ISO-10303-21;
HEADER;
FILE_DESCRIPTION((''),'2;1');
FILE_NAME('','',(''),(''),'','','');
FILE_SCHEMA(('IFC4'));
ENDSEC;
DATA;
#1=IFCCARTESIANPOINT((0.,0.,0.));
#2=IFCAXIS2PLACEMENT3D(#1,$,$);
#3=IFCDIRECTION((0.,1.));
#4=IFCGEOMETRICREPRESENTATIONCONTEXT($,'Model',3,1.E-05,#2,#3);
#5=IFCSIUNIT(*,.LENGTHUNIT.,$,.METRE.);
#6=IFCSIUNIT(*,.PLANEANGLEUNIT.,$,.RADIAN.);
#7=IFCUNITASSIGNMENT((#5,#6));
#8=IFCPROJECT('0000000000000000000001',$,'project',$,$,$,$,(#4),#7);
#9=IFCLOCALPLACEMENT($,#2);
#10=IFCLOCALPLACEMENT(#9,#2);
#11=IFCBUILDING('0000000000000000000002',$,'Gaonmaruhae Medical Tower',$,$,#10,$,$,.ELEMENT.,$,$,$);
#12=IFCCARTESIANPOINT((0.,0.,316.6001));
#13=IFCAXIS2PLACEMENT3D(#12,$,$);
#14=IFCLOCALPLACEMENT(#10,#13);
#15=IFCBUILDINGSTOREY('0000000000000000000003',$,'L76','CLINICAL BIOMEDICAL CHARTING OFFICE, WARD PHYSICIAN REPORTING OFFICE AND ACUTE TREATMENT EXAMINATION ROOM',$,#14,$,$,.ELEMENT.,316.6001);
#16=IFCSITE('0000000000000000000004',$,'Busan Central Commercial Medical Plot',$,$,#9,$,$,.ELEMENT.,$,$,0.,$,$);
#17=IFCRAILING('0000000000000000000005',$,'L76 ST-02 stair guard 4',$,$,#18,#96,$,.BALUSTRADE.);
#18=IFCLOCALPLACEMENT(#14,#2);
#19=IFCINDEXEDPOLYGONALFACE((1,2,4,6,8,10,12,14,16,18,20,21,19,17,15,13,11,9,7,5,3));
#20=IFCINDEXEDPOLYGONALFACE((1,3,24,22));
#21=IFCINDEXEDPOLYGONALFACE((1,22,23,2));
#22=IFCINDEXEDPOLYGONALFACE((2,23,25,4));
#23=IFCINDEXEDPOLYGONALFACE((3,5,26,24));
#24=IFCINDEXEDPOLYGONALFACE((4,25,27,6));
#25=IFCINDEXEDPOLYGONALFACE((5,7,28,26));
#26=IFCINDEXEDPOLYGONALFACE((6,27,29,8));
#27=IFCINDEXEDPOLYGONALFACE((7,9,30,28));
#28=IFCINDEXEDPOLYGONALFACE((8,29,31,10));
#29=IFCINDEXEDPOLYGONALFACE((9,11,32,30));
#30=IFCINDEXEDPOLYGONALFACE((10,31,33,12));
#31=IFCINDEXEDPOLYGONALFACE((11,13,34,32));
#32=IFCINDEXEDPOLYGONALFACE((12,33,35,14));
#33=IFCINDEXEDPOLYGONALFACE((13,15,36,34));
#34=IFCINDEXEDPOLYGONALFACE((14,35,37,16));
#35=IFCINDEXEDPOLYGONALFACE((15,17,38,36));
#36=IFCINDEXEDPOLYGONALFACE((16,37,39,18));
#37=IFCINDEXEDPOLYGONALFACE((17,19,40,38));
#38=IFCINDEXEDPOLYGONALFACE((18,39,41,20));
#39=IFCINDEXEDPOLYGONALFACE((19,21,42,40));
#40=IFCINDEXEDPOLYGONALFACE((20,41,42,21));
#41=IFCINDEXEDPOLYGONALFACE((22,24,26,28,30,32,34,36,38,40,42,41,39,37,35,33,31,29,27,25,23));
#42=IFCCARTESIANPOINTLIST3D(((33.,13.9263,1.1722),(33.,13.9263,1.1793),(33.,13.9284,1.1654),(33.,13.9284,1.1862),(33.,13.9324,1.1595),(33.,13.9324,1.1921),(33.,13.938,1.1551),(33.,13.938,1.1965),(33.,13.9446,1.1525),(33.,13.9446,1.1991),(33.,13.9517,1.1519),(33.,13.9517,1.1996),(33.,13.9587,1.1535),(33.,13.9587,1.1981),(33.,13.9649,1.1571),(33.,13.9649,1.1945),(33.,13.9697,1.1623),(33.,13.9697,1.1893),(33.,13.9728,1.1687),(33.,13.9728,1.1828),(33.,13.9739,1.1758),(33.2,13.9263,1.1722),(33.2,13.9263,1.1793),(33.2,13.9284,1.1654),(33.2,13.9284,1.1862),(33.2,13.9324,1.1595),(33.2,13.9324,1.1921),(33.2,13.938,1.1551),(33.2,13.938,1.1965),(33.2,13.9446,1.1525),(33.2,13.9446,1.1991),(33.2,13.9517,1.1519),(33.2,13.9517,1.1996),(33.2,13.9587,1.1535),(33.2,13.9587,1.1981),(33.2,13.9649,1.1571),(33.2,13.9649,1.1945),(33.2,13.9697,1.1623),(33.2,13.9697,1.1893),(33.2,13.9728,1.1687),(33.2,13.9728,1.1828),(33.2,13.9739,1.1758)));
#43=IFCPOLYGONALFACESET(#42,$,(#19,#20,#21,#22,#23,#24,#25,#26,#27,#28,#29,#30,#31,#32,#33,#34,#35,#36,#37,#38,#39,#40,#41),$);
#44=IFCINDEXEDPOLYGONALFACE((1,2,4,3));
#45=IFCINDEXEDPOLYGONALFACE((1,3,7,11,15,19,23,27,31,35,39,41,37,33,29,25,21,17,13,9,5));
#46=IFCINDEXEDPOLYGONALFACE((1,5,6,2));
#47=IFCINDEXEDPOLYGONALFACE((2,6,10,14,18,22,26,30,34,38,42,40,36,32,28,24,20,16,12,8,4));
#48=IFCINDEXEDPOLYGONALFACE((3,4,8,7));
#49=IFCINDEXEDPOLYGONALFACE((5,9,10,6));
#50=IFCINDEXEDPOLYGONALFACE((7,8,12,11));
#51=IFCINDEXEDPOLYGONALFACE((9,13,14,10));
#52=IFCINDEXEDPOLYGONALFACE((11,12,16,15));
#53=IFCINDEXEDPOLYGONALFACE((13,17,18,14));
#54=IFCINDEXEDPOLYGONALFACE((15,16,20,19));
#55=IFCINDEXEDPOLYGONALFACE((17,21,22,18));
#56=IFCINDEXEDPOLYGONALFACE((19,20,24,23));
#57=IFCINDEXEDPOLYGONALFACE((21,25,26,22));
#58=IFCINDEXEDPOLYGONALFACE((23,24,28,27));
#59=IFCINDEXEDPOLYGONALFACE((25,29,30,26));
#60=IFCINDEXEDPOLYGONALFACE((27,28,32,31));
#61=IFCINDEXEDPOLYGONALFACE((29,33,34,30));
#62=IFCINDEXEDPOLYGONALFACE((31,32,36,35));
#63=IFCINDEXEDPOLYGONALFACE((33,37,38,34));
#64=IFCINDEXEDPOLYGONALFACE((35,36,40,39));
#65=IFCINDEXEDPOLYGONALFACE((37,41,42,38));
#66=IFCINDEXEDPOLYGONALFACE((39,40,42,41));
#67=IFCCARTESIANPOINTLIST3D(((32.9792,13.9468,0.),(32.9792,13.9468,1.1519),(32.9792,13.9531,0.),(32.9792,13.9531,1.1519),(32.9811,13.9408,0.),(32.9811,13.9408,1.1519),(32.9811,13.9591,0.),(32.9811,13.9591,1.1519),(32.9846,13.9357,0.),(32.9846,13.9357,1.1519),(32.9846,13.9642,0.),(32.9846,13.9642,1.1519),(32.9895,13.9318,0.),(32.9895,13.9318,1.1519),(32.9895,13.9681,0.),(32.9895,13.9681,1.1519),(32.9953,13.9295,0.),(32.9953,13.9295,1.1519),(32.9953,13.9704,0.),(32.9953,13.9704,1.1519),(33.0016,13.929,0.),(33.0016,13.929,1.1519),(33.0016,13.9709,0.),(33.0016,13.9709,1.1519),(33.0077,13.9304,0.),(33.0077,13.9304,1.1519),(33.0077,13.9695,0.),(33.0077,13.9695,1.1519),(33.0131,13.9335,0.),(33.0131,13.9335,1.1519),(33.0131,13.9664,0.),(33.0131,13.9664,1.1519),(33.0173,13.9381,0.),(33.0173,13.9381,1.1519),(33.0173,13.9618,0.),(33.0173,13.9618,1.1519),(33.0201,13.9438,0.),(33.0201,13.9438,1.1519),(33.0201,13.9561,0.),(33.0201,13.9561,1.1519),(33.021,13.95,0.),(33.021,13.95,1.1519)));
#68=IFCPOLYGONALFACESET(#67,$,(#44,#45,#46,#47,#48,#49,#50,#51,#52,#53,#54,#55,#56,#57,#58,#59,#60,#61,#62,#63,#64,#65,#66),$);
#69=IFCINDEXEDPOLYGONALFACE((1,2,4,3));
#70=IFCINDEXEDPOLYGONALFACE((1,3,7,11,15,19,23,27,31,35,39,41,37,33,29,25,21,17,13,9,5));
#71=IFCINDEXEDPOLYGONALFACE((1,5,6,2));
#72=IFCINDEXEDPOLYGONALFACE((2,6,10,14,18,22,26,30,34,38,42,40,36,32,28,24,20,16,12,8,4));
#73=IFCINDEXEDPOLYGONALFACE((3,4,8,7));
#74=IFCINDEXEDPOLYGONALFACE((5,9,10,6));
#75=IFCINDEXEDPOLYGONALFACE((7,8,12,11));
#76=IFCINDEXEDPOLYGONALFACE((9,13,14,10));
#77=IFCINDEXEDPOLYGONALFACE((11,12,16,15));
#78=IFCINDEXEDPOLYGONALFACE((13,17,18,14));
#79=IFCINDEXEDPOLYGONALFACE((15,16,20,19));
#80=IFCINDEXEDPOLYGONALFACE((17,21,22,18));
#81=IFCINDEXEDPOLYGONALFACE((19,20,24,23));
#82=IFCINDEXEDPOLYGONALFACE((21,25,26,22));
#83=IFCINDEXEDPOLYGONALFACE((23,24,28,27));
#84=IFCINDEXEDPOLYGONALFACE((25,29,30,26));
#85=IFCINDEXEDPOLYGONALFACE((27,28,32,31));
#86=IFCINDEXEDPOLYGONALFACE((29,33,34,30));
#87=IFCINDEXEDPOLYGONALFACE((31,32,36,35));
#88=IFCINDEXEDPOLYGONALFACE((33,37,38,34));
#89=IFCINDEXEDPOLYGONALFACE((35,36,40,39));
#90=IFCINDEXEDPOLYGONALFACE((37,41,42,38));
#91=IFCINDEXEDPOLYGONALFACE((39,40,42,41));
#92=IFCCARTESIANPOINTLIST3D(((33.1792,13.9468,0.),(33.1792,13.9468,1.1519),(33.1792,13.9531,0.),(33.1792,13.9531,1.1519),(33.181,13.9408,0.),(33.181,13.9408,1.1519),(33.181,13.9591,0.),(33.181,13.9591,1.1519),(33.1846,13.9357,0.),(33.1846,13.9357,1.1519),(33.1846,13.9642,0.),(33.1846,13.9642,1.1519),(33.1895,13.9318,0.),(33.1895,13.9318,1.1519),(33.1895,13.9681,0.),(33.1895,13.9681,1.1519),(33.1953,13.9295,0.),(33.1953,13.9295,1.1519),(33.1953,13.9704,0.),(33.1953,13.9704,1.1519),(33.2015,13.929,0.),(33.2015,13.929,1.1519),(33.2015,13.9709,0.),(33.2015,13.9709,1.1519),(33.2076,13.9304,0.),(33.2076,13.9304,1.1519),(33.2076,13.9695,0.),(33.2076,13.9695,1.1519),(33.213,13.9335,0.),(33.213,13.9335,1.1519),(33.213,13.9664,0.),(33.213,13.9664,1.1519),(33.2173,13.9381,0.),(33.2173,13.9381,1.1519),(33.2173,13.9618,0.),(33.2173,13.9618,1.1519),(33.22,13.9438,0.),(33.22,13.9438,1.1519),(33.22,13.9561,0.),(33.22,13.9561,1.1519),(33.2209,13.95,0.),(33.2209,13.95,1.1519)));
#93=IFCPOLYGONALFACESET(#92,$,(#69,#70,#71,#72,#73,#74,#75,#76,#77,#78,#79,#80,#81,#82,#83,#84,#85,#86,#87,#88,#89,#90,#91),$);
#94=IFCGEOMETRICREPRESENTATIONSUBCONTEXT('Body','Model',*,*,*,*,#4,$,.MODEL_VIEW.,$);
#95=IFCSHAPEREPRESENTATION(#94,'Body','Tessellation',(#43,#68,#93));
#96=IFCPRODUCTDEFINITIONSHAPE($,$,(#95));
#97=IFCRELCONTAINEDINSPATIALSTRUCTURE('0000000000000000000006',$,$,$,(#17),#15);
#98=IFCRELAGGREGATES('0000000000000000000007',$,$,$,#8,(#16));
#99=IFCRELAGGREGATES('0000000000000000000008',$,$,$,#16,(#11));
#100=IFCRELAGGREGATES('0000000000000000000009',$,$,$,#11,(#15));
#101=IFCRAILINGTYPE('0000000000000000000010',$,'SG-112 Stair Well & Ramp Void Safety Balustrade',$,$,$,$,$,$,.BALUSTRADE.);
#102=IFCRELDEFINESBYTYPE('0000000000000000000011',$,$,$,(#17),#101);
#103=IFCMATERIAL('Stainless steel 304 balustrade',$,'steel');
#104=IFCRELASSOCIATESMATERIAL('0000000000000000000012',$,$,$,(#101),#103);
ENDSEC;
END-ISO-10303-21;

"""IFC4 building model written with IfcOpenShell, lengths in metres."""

from ifc_helpers import new_model, si_unit, direction, frame, origin, origin_2d, place, context, subcontext, project, spatial, circle, extrude, material, type_object, element, save


model = new_model("IFC4")

# Units and contexts
model_context = context("Model", 3, precision=1e-05, world=origin(), true_north=direction((0.0, 1.0)))
body_context = subcontext(model_context, "Body", "Model", "MODEL_VIEW")
ifc_project = project(units=[si_unit("LENGTHUNIT", "METRE"), si_unit("PLANEANGLEUNIT", "RADIAN")], contexts=[model_context])

# Site, building, storey
site_placement = place(None, origin())
site = spatial("IfcSite", under=ifc_project, at=site_placement, Name="Busan Central Commercial Medical Plot", CompositionType="ELEMENT", RefElevation=0.0)
building_placement = place(site_placement, origin())
building = spatial("IfcBuilding", under=site, at=building_placement, Name="Gaonmaruhae Medical Tower", CompositionType="ELEMENT")
storey_placement = place(building_placement, frame((0.0, 0.0, 316.6001)))
storey = spatial("IfcBuildingStorey", under=building, at=storey_placement, Name="L76", Description="CLINICAL BIOMEDICAL CHARTING OFFICE, WARD PHYSICIAN REPORTING OFFICE AND ACUTE TREATMENT EXAMINATION ROOM", CompositionType="ELEMENT", Elevation=316.6001)

# Railing
ifc_material_1 = material(Name="Stainless steel 304 balustrade", Category="steel")
railing_type_1 = type_object("IfcRailingType", Name="SG-112 Stair Well & Ramp Void Safety Balustrade", PredefinedType="BALUSTRADE", material=ifc_material_1)
railing_1_placement = place(storey_placement, frame((33.0, 13.95, 0.0)))
element("IfcRailing", 1, at=railing_1_placement, inside=storey, type_object=railing_type_1, Name="L76 ST-02 stair guard 4", PredefinedType="BALUSTRADE", context=body_context, shape_type="SweptSolid", body=[
    extrude(circle(Radius=0.0239, at=origin_2d()), frame((0.0, 0.0, 1.1758), z_axis=(1.0, 0.0, 0.0), x_axis=(0.0, 1.0, 0.0)), (0.0, 0.0, 1.0), 0.2),
    extrude(circle(Radius=0.021, at=origin_2d()), origin(), (0.0, 0.0, 1.0), 1.1519),
    extrude(circle(Radius=0.021, at=origin_2d()), frame((0.2, 0.0, 0.0)), (0.0, 0.0, 1.0), 1.1519),
])

save(model, "model.ifc")
